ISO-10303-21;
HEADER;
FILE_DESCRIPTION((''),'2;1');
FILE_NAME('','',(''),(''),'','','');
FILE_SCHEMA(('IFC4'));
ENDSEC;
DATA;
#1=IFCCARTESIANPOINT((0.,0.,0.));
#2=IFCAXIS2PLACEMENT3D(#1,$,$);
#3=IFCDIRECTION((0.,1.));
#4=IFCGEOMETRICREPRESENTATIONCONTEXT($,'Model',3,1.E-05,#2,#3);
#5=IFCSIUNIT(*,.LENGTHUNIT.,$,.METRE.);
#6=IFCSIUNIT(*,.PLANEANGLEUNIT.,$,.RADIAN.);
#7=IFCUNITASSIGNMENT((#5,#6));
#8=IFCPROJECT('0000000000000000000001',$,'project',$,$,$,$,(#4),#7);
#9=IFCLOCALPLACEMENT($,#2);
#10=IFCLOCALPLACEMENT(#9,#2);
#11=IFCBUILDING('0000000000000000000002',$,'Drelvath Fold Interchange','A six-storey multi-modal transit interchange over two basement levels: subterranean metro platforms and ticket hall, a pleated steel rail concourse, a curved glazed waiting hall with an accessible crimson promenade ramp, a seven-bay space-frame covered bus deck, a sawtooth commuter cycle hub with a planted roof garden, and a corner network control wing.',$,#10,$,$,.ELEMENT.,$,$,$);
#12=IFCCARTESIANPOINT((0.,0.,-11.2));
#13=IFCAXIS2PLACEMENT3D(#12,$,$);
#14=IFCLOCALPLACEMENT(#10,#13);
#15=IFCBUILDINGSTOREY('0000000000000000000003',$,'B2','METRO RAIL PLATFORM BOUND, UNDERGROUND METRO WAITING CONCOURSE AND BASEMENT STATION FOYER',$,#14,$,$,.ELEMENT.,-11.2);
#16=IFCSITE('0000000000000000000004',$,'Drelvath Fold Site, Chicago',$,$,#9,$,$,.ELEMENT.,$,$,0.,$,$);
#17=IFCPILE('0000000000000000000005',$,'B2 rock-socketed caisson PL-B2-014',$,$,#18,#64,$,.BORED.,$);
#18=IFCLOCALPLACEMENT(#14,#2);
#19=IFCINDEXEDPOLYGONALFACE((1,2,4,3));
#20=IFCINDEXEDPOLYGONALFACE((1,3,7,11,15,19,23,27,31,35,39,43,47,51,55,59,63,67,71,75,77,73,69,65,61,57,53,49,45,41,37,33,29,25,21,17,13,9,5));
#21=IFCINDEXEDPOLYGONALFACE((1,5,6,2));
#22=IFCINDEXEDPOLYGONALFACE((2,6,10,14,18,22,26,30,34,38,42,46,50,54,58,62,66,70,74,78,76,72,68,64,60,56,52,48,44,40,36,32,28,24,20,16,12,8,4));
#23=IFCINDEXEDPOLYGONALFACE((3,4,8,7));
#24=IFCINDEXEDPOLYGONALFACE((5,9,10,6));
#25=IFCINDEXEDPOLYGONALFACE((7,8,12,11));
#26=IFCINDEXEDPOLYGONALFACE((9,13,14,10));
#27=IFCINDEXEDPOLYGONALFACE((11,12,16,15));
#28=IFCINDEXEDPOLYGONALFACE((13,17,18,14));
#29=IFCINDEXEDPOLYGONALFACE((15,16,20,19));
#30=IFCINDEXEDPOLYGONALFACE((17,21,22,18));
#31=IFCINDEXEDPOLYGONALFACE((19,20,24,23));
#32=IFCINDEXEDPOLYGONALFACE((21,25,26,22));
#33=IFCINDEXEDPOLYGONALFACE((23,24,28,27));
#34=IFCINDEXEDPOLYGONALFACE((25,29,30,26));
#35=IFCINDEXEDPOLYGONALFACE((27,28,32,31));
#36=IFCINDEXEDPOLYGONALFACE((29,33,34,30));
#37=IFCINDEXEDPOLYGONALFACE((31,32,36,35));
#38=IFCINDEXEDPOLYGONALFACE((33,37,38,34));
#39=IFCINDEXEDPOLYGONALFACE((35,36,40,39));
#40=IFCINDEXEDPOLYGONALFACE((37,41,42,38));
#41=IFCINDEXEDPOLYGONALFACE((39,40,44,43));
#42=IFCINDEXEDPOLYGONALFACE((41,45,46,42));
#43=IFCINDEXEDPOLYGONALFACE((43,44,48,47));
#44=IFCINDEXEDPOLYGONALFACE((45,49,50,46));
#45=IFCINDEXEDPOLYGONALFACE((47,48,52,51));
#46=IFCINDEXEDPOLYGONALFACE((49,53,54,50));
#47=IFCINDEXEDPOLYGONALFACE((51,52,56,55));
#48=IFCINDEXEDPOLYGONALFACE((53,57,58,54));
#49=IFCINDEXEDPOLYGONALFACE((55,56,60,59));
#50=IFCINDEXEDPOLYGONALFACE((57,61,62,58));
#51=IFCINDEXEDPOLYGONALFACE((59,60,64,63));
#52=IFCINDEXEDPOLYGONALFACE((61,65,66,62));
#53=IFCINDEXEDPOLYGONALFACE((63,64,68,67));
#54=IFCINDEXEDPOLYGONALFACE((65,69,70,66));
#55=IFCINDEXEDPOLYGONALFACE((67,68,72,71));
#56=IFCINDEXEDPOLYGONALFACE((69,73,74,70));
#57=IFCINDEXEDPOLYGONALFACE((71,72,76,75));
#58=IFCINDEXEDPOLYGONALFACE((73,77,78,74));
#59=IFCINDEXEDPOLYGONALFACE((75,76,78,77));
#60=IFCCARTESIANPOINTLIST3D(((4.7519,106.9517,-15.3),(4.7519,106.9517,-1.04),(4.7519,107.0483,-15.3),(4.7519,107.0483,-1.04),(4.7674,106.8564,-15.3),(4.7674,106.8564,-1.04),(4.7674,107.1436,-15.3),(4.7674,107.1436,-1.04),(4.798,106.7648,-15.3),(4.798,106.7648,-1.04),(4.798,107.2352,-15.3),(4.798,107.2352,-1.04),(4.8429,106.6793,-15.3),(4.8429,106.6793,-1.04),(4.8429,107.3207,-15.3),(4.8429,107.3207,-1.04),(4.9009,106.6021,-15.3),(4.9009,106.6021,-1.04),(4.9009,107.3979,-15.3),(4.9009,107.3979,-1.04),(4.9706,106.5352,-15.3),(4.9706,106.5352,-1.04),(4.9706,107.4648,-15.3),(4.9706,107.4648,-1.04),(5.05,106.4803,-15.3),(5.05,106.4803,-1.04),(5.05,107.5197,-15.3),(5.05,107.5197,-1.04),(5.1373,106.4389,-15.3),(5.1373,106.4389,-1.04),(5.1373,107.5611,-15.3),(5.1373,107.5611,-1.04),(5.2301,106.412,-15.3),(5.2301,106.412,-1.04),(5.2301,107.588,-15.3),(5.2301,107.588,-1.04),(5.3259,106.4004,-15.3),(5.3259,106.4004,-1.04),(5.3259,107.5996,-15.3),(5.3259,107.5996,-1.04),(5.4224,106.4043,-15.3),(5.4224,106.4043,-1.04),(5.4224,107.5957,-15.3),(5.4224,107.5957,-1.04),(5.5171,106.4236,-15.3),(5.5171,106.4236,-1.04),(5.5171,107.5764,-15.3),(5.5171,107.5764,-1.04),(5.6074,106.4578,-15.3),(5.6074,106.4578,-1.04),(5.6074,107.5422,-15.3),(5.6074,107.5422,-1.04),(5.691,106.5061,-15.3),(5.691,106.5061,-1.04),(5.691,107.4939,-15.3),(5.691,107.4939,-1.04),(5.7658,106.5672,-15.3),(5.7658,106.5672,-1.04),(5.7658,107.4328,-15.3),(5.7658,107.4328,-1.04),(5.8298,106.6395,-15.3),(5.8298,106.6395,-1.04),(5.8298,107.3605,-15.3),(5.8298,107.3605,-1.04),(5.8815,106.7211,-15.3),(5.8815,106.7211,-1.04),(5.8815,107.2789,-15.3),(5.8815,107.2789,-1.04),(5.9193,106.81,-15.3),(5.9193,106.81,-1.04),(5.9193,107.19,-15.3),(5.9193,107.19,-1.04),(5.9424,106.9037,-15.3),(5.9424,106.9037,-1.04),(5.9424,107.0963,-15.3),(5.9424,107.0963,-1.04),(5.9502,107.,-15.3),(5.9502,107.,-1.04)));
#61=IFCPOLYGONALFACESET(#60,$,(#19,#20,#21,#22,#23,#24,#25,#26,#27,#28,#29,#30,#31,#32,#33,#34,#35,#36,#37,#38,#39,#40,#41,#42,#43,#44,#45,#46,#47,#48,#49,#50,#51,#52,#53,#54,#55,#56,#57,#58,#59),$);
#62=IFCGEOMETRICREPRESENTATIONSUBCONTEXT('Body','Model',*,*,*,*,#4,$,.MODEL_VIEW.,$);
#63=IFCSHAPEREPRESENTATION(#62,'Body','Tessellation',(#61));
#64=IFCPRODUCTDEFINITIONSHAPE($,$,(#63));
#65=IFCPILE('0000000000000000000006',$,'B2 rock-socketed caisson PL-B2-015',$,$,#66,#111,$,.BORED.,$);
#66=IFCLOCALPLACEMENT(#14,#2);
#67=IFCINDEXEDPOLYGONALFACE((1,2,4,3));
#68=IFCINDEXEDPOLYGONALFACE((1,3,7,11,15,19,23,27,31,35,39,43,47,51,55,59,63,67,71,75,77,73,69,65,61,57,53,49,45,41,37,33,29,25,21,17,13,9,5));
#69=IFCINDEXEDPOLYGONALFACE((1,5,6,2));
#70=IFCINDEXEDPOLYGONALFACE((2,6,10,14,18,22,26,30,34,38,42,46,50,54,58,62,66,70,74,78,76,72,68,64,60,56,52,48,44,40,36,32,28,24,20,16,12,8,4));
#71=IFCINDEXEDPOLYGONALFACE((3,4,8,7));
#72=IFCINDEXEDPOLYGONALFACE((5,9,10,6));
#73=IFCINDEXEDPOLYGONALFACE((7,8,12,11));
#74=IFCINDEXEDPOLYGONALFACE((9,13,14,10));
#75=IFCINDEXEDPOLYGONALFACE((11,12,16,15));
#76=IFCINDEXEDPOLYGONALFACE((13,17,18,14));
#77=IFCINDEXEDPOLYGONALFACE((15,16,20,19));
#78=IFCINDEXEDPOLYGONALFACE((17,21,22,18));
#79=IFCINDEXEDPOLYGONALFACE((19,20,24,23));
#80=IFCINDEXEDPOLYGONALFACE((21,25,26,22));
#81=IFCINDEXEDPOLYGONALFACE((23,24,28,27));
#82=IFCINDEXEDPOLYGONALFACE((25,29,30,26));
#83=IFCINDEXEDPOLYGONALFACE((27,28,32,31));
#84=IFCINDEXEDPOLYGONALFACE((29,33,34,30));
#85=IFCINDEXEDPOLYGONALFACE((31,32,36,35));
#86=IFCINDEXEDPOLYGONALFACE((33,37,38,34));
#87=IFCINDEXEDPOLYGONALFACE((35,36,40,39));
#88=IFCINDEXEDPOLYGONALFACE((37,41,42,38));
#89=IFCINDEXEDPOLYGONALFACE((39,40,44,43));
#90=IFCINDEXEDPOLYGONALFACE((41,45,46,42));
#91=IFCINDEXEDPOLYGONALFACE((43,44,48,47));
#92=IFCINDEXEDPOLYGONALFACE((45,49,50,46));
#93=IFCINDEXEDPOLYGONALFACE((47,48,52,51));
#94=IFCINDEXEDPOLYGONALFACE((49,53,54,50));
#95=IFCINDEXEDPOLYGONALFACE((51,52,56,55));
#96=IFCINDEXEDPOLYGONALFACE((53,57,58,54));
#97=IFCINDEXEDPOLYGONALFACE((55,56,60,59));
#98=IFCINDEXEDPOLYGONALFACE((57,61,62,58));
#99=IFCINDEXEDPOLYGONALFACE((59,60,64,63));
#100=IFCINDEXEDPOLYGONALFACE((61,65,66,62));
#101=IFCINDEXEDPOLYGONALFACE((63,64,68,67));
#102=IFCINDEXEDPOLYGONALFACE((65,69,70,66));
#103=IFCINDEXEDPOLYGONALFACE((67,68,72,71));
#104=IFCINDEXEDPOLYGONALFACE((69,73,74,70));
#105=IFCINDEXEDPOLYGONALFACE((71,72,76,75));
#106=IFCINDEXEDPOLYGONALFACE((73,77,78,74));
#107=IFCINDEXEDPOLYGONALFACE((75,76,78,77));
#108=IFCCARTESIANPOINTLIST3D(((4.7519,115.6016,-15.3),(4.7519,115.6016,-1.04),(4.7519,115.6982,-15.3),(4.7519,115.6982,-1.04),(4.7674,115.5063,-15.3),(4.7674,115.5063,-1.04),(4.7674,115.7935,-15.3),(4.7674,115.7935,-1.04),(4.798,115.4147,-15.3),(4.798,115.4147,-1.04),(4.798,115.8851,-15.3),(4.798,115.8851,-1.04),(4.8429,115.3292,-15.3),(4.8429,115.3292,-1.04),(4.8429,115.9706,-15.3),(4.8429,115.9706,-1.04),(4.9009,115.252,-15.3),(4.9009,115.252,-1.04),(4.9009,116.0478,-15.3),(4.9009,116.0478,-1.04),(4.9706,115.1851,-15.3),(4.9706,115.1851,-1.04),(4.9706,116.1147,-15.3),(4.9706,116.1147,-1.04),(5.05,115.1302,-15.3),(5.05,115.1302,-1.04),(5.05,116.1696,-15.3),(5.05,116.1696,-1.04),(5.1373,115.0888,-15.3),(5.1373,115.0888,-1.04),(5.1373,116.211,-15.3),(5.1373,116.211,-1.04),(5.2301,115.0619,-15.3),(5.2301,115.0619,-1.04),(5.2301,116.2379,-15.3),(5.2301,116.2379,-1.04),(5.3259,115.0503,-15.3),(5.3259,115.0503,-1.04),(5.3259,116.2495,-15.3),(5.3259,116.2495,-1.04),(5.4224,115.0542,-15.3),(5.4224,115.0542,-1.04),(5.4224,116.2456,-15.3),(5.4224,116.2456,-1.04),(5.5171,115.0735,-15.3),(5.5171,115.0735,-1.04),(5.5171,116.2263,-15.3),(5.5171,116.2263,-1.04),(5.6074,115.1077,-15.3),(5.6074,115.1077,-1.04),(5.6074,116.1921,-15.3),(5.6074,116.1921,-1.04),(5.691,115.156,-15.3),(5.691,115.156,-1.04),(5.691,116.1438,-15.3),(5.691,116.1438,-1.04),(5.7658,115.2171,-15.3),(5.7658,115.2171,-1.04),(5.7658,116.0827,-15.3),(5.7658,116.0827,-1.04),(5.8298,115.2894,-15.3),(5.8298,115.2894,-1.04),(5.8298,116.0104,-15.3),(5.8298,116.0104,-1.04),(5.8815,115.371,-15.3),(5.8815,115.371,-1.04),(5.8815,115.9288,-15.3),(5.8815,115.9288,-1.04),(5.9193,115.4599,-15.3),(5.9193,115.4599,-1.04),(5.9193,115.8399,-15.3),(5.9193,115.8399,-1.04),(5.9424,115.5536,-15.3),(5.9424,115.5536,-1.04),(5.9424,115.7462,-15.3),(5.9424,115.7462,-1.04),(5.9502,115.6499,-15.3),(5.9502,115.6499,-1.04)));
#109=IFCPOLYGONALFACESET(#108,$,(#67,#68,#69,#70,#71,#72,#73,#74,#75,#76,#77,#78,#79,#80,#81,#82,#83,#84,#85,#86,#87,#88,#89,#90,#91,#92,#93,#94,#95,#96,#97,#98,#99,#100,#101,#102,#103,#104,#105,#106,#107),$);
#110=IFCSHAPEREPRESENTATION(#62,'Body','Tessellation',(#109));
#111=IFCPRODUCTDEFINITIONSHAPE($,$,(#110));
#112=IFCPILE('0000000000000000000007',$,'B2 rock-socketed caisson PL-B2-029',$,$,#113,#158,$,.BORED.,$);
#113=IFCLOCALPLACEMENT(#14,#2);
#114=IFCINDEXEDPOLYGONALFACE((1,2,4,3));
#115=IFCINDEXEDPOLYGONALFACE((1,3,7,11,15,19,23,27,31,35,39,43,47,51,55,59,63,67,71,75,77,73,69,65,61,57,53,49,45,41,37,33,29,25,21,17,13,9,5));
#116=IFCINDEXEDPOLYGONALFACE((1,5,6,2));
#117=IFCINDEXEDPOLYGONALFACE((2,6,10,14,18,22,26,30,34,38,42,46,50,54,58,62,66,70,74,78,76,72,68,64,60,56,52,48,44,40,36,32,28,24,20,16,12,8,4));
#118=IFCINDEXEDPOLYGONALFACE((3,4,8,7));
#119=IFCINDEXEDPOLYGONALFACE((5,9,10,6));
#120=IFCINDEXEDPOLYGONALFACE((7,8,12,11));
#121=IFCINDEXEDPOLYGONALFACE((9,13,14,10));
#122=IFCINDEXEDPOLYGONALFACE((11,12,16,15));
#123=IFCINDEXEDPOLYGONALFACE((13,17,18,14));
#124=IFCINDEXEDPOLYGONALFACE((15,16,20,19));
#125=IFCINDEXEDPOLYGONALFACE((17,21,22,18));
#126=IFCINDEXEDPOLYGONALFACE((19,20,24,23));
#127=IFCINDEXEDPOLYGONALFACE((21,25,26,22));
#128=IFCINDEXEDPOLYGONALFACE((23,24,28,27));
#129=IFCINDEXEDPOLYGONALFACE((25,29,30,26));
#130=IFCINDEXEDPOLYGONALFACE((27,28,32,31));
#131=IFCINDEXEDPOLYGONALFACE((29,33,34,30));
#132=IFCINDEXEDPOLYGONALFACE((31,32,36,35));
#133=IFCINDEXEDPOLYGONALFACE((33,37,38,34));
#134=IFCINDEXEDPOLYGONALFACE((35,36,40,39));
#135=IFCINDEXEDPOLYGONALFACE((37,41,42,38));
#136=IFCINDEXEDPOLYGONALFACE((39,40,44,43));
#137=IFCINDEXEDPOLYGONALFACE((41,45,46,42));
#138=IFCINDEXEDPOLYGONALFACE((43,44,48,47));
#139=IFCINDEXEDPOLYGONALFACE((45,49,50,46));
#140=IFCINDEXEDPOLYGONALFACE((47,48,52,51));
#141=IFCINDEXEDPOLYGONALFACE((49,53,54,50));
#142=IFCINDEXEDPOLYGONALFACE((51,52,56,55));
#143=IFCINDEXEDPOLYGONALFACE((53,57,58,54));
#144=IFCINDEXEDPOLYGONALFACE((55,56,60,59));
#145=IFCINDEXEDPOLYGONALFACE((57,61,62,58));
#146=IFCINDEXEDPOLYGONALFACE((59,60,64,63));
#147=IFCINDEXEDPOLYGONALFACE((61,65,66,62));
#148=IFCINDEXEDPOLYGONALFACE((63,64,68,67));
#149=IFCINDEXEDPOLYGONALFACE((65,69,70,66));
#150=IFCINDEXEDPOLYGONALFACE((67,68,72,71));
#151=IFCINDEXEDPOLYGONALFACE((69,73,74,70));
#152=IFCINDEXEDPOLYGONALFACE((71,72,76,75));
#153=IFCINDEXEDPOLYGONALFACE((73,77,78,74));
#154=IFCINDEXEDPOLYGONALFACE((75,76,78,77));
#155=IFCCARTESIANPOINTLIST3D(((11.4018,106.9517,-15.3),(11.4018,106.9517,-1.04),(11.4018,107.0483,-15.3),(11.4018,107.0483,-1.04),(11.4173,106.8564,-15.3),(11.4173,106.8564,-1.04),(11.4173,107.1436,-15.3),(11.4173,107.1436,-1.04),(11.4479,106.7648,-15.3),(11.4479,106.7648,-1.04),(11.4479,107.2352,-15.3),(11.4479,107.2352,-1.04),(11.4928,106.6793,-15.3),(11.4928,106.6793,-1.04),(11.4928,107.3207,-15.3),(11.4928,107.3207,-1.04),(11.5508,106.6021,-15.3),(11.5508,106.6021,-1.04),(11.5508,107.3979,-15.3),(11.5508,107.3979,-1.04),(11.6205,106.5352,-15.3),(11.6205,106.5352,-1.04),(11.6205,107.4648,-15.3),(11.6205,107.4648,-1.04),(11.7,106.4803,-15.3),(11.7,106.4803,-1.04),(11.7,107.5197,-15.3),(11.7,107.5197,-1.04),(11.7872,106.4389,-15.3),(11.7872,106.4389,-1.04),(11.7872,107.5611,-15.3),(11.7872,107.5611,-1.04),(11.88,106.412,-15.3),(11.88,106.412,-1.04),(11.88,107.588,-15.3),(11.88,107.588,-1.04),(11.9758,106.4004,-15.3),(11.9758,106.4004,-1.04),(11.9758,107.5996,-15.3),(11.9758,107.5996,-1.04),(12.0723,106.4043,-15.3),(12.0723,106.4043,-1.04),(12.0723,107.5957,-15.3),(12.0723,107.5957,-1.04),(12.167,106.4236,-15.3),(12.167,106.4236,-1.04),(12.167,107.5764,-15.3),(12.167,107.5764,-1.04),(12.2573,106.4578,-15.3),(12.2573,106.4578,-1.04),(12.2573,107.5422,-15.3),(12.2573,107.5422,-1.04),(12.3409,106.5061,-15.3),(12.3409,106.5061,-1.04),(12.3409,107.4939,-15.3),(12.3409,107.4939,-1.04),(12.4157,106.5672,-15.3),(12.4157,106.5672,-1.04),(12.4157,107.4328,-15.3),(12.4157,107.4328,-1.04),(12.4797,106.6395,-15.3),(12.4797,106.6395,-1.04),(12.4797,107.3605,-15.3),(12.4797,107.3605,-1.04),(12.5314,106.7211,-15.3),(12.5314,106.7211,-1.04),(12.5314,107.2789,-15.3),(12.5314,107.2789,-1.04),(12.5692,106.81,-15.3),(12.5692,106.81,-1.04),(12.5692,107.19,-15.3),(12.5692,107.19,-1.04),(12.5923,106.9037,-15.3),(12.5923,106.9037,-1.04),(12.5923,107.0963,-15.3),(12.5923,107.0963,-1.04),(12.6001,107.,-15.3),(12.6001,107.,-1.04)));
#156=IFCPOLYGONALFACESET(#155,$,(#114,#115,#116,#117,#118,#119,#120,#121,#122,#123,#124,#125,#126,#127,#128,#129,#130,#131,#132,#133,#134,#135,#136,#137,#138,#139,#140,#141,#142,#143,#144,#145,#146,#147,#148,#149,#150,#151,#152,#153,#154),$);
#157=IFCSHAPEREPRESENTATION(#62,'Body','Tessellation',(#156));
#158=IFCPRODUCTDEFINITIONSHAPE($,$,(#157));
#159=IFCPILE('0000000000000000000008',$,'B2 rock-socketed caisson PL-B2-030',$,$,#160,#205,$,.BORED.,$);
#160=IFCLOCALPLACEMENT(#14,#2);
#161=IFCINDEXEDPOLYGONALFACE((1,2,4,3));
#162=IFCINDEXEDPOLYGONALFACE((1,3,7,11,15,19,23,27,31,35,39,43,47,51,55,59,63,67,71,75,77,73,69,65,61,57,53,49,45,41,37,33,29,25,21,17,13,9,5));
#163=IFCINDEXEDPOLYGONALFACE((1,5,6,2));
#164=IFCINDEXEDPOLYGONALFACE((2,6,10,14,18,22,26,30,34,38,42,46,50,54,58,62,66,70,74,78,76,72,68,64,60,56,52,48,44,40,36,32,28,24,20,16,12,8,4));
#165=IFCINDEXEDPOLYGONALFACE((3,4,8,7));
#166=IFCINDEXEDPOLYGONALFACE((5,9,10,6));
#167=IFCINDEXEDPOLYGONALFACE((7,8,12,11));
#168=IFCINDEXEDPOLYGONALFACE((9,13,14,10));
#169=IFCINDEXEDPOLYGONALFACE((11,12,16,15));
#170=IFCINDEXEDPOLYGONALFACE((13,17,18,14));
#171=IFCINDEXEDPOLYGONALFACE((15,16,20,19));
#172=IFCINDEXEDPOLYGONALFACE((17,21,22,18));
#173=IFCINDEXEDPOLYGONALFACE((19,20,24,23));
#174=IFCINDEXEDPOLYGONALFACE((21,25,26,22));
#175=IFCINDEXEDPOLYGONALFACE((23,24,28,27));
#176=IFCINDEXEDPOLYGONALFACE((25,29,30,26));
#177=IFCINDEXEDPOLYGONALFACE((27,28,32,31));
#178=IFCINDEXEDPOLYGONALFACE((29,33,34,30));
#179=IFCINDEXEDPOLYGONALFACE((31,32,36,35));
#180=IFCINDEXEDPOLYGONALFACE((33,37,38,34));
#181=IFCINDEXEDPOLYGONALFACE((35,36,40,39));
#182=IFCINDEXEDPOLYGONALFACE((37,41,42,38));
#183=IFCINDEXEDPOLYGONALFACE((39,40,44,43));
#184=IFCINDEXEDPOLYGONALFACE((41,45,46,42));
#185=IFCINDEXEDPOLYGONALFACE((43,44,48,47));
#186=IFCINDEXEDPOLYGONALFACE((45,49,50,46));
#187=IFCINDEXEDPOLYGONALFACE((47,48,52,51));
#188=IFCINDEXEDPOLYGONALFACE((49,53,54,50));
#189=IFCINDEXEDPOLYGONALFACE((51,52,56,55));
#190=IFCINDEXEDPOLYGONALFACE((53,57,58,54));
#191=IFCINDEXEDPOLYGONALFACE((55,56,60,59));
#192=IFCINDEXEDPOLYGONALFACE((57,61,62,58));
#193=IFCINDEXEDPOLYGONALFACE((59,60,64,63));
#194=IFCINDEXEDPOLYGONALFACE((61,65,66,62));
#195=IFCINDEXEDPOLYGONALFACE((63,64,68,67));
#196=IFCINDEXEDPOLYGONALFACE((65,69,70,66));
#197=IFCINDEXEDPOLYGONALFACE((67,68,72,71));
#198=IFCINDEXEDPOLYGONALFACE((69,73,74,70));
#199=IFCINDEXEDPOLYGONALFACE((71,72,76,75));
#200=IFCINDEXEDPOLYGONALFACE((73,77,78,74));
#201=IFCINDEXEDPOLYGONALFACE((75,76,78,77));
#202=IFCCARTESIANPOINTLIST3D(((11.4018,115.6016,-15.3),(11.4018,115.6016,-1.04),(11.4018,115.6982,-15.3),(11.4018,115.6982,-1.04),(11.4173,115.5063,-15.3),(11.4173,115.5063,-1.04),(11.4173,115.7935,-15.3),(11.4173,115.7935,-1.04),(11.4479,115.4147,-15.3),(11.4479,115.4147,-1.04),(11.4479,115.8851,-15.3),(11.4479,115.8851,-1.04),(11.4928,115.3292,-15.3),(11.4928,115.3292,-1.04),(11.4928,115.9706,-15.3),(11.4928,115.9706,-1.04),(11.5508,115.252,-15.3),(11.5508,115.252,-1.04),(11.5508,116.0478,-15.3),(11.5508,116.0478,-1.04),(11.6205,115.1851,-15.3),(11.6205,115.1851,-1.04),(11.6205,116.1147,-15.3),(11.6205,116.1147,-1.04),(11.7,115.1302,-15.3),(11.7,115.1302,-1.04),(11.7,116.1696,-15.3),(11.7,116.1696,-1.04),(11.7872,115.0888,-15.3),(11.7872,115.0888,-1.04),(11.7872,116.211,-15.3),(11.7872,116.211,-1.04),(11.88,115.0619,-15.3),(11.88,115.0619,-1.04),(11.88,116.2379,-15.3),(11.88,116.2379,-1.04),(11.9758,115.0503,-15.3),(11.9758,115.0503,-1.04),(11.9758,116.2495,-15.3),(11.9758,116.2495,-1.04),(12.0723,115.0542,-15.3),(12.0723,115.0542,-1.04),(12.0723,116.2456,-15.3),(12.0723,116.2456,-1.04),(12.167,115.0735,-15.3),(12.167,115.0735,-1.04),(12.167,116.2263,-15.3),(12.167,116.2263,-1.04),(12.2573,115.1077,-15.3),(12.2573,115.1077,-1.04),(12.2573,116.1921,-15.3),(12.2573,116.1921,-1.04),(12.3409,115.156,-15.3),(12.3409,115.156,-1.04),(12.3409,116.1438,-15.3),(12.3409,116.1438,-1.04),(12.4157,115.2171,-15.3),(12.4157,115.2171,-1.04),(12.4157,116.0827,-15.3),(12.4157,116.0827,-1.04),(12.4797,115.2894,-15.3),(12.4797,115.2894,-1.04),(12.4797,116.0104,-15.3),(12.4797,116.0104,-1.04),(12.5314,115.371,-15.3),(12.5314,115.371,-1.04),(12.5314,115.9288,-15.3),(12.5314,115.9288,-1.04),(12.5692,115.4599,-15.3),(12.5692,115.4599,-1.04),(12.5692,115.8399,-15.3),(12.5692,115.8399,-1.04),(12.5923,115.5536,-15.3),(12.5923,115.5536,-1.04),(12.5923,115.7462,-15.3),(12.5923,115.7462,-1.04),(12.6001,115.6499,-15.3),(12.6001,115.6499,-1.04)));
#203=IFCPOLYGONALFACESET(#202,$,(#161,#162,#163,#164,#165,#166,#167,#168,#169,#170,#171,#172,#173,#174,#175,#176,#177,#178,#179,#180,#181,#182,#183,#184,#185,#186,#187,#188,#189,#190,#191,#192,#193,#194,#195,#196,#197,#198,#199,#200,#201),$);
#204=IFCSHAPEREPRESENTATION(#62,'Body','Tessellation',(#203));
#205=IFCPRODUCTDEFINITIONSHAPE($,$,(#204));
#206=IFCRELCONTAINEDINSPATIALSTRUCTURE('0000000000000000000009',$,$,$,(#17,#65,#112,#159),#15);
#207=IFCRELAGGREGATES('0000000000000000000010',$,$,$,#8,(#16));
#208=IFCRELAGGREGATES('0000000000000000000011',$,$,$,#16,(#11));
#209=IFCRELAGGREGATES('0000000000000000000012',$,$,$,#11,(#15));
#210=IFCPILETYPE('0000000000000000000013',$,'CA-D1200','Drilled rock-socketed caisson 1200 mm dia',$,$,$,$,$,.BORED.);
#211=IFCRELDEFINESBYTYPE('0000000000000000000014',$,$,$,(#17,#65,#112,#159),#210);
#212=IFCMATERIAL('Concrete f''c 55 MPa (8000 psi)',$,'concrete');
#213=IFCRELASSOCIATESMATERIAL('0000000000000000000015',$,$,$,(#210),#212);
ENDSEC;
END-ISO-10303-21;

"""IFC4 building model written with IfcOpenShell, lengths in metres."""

from ifc_helpers import new_model, si_unit, direction, frame, origin, origin_2d, place, context, subcontext, project, spatial, circle, extrude, material, material_profile, profile_set, type_object, element, save


model = new_model("IFC4")

# Units and contexts
model_context = context("Model", 3, precision=1e-05, world=origin(), true_north=direction((0.0, 1.0)))
body_context = subcontext(model_context, "Body", "Model", "MODEL_VIEW")
ifc_project = project(units=[si_unit("LENGTHUNIT", "METRE"), si_unit("PLANEANGLEUNIT", "RADIAN")], contexts=[model_context])

# Site, building, storey
site_placement = place(None, origin())
site = spatial("IfcSite", under=ifc_project, at=site_placement, Name="Drelvath Fold Site, Chicago", CompositionType="ELEMENT", RefElevation=0.0)
building_placement = place(site_placement, origin())
building = spatial("IfcBuilding", under=site, at=building_placement, Name="Drelvath Fold Interchange", Description="A six-storey multi-modal transit interchange over two basement levels: subterranean metro platforms and ticket hall, a pleated steel rail concourse, a curved glazed waiting hall with an accessible crimson promenade ramp, a seven-bay space-frame covered bus deck, a sawtooth commuter cycle hub with a planted roof garden, and a corner network control wing.", CompositionType="ELEMENT")
storey_placement = place(building_placement, frame((0.0, 0.0, -11.2)))
storey = spatial("IfcBuildingStorey", under=building, at=storey_placement, Name="B2", Description="METRO RAIL PLATFORM BOUND, UNDERGROUND METRO WAITING CONCOURSE AND BASEMENT STATION FOYER", CompositionType="ELEMENT", Elevation=-11.2)

# Piles
ifc_material_1 = material(Name="Concrete f'c 55 MPa (8000 psi)", Category="concrete")
ifc_material_profile_1 = material_profile(ifc_material_1, circle(Radius=0.6001, at=origin_2d()), Name="CAISSON D1200")
ifc_profile_set_1 = profile_set([ifc_material_profile_1], Name="Concrete f'c 55 MPa (8000 psi)")
pile_type = type_object("IfcPileType", Name="CA-D1200", Description="Drilled rock-socketed caisson 1200 mm dia", PredefinedType="BORED", material=ifc_profile_set_1)
for number, where, z_axis, x_axis, name in (
    (1, (5.3501, 107.0, -1.04), (0.0, 0.0, -1.0), (1.0, 0.0, 0.0), "B2 rock-socketed caisson PL-B2-014"),
    (2, (5.3501, 115.6499, -1.04), (0.0, 0.0, -1.0), (1.0, 0.0, 0.0), "B2 rock-socketed caisson PL-B2-015"),
    (3, (12.0, 107.0, -1.04), (0.0, 0.0, -1.0), (1.0, 0.0, 0.0), "B2 rock-socketed caisson PL-B2-029"),
    (4, (12.0, 115.6499, -1.04), (0.0, 0.0, -1.0), (1.0, 0.0, 0.0), "B2 rock-socketed caisson PL-B2-030"),
):
    element("IfcPile", number, at=place(storey_placement, frame(where, z_axis=z_axis, x_axis=x_axis)), inside=storey, type_object=pile_type, Name=name, PredefinedType="BORED", context=body_context, shape_type="SweptSolid", body=[
        extrude(circle(Radius=0.6001, at=origin_2d()), origin(), (0.0, 0.0, 1.0), 14.26),
    ])

save(model, "model.ifc")
